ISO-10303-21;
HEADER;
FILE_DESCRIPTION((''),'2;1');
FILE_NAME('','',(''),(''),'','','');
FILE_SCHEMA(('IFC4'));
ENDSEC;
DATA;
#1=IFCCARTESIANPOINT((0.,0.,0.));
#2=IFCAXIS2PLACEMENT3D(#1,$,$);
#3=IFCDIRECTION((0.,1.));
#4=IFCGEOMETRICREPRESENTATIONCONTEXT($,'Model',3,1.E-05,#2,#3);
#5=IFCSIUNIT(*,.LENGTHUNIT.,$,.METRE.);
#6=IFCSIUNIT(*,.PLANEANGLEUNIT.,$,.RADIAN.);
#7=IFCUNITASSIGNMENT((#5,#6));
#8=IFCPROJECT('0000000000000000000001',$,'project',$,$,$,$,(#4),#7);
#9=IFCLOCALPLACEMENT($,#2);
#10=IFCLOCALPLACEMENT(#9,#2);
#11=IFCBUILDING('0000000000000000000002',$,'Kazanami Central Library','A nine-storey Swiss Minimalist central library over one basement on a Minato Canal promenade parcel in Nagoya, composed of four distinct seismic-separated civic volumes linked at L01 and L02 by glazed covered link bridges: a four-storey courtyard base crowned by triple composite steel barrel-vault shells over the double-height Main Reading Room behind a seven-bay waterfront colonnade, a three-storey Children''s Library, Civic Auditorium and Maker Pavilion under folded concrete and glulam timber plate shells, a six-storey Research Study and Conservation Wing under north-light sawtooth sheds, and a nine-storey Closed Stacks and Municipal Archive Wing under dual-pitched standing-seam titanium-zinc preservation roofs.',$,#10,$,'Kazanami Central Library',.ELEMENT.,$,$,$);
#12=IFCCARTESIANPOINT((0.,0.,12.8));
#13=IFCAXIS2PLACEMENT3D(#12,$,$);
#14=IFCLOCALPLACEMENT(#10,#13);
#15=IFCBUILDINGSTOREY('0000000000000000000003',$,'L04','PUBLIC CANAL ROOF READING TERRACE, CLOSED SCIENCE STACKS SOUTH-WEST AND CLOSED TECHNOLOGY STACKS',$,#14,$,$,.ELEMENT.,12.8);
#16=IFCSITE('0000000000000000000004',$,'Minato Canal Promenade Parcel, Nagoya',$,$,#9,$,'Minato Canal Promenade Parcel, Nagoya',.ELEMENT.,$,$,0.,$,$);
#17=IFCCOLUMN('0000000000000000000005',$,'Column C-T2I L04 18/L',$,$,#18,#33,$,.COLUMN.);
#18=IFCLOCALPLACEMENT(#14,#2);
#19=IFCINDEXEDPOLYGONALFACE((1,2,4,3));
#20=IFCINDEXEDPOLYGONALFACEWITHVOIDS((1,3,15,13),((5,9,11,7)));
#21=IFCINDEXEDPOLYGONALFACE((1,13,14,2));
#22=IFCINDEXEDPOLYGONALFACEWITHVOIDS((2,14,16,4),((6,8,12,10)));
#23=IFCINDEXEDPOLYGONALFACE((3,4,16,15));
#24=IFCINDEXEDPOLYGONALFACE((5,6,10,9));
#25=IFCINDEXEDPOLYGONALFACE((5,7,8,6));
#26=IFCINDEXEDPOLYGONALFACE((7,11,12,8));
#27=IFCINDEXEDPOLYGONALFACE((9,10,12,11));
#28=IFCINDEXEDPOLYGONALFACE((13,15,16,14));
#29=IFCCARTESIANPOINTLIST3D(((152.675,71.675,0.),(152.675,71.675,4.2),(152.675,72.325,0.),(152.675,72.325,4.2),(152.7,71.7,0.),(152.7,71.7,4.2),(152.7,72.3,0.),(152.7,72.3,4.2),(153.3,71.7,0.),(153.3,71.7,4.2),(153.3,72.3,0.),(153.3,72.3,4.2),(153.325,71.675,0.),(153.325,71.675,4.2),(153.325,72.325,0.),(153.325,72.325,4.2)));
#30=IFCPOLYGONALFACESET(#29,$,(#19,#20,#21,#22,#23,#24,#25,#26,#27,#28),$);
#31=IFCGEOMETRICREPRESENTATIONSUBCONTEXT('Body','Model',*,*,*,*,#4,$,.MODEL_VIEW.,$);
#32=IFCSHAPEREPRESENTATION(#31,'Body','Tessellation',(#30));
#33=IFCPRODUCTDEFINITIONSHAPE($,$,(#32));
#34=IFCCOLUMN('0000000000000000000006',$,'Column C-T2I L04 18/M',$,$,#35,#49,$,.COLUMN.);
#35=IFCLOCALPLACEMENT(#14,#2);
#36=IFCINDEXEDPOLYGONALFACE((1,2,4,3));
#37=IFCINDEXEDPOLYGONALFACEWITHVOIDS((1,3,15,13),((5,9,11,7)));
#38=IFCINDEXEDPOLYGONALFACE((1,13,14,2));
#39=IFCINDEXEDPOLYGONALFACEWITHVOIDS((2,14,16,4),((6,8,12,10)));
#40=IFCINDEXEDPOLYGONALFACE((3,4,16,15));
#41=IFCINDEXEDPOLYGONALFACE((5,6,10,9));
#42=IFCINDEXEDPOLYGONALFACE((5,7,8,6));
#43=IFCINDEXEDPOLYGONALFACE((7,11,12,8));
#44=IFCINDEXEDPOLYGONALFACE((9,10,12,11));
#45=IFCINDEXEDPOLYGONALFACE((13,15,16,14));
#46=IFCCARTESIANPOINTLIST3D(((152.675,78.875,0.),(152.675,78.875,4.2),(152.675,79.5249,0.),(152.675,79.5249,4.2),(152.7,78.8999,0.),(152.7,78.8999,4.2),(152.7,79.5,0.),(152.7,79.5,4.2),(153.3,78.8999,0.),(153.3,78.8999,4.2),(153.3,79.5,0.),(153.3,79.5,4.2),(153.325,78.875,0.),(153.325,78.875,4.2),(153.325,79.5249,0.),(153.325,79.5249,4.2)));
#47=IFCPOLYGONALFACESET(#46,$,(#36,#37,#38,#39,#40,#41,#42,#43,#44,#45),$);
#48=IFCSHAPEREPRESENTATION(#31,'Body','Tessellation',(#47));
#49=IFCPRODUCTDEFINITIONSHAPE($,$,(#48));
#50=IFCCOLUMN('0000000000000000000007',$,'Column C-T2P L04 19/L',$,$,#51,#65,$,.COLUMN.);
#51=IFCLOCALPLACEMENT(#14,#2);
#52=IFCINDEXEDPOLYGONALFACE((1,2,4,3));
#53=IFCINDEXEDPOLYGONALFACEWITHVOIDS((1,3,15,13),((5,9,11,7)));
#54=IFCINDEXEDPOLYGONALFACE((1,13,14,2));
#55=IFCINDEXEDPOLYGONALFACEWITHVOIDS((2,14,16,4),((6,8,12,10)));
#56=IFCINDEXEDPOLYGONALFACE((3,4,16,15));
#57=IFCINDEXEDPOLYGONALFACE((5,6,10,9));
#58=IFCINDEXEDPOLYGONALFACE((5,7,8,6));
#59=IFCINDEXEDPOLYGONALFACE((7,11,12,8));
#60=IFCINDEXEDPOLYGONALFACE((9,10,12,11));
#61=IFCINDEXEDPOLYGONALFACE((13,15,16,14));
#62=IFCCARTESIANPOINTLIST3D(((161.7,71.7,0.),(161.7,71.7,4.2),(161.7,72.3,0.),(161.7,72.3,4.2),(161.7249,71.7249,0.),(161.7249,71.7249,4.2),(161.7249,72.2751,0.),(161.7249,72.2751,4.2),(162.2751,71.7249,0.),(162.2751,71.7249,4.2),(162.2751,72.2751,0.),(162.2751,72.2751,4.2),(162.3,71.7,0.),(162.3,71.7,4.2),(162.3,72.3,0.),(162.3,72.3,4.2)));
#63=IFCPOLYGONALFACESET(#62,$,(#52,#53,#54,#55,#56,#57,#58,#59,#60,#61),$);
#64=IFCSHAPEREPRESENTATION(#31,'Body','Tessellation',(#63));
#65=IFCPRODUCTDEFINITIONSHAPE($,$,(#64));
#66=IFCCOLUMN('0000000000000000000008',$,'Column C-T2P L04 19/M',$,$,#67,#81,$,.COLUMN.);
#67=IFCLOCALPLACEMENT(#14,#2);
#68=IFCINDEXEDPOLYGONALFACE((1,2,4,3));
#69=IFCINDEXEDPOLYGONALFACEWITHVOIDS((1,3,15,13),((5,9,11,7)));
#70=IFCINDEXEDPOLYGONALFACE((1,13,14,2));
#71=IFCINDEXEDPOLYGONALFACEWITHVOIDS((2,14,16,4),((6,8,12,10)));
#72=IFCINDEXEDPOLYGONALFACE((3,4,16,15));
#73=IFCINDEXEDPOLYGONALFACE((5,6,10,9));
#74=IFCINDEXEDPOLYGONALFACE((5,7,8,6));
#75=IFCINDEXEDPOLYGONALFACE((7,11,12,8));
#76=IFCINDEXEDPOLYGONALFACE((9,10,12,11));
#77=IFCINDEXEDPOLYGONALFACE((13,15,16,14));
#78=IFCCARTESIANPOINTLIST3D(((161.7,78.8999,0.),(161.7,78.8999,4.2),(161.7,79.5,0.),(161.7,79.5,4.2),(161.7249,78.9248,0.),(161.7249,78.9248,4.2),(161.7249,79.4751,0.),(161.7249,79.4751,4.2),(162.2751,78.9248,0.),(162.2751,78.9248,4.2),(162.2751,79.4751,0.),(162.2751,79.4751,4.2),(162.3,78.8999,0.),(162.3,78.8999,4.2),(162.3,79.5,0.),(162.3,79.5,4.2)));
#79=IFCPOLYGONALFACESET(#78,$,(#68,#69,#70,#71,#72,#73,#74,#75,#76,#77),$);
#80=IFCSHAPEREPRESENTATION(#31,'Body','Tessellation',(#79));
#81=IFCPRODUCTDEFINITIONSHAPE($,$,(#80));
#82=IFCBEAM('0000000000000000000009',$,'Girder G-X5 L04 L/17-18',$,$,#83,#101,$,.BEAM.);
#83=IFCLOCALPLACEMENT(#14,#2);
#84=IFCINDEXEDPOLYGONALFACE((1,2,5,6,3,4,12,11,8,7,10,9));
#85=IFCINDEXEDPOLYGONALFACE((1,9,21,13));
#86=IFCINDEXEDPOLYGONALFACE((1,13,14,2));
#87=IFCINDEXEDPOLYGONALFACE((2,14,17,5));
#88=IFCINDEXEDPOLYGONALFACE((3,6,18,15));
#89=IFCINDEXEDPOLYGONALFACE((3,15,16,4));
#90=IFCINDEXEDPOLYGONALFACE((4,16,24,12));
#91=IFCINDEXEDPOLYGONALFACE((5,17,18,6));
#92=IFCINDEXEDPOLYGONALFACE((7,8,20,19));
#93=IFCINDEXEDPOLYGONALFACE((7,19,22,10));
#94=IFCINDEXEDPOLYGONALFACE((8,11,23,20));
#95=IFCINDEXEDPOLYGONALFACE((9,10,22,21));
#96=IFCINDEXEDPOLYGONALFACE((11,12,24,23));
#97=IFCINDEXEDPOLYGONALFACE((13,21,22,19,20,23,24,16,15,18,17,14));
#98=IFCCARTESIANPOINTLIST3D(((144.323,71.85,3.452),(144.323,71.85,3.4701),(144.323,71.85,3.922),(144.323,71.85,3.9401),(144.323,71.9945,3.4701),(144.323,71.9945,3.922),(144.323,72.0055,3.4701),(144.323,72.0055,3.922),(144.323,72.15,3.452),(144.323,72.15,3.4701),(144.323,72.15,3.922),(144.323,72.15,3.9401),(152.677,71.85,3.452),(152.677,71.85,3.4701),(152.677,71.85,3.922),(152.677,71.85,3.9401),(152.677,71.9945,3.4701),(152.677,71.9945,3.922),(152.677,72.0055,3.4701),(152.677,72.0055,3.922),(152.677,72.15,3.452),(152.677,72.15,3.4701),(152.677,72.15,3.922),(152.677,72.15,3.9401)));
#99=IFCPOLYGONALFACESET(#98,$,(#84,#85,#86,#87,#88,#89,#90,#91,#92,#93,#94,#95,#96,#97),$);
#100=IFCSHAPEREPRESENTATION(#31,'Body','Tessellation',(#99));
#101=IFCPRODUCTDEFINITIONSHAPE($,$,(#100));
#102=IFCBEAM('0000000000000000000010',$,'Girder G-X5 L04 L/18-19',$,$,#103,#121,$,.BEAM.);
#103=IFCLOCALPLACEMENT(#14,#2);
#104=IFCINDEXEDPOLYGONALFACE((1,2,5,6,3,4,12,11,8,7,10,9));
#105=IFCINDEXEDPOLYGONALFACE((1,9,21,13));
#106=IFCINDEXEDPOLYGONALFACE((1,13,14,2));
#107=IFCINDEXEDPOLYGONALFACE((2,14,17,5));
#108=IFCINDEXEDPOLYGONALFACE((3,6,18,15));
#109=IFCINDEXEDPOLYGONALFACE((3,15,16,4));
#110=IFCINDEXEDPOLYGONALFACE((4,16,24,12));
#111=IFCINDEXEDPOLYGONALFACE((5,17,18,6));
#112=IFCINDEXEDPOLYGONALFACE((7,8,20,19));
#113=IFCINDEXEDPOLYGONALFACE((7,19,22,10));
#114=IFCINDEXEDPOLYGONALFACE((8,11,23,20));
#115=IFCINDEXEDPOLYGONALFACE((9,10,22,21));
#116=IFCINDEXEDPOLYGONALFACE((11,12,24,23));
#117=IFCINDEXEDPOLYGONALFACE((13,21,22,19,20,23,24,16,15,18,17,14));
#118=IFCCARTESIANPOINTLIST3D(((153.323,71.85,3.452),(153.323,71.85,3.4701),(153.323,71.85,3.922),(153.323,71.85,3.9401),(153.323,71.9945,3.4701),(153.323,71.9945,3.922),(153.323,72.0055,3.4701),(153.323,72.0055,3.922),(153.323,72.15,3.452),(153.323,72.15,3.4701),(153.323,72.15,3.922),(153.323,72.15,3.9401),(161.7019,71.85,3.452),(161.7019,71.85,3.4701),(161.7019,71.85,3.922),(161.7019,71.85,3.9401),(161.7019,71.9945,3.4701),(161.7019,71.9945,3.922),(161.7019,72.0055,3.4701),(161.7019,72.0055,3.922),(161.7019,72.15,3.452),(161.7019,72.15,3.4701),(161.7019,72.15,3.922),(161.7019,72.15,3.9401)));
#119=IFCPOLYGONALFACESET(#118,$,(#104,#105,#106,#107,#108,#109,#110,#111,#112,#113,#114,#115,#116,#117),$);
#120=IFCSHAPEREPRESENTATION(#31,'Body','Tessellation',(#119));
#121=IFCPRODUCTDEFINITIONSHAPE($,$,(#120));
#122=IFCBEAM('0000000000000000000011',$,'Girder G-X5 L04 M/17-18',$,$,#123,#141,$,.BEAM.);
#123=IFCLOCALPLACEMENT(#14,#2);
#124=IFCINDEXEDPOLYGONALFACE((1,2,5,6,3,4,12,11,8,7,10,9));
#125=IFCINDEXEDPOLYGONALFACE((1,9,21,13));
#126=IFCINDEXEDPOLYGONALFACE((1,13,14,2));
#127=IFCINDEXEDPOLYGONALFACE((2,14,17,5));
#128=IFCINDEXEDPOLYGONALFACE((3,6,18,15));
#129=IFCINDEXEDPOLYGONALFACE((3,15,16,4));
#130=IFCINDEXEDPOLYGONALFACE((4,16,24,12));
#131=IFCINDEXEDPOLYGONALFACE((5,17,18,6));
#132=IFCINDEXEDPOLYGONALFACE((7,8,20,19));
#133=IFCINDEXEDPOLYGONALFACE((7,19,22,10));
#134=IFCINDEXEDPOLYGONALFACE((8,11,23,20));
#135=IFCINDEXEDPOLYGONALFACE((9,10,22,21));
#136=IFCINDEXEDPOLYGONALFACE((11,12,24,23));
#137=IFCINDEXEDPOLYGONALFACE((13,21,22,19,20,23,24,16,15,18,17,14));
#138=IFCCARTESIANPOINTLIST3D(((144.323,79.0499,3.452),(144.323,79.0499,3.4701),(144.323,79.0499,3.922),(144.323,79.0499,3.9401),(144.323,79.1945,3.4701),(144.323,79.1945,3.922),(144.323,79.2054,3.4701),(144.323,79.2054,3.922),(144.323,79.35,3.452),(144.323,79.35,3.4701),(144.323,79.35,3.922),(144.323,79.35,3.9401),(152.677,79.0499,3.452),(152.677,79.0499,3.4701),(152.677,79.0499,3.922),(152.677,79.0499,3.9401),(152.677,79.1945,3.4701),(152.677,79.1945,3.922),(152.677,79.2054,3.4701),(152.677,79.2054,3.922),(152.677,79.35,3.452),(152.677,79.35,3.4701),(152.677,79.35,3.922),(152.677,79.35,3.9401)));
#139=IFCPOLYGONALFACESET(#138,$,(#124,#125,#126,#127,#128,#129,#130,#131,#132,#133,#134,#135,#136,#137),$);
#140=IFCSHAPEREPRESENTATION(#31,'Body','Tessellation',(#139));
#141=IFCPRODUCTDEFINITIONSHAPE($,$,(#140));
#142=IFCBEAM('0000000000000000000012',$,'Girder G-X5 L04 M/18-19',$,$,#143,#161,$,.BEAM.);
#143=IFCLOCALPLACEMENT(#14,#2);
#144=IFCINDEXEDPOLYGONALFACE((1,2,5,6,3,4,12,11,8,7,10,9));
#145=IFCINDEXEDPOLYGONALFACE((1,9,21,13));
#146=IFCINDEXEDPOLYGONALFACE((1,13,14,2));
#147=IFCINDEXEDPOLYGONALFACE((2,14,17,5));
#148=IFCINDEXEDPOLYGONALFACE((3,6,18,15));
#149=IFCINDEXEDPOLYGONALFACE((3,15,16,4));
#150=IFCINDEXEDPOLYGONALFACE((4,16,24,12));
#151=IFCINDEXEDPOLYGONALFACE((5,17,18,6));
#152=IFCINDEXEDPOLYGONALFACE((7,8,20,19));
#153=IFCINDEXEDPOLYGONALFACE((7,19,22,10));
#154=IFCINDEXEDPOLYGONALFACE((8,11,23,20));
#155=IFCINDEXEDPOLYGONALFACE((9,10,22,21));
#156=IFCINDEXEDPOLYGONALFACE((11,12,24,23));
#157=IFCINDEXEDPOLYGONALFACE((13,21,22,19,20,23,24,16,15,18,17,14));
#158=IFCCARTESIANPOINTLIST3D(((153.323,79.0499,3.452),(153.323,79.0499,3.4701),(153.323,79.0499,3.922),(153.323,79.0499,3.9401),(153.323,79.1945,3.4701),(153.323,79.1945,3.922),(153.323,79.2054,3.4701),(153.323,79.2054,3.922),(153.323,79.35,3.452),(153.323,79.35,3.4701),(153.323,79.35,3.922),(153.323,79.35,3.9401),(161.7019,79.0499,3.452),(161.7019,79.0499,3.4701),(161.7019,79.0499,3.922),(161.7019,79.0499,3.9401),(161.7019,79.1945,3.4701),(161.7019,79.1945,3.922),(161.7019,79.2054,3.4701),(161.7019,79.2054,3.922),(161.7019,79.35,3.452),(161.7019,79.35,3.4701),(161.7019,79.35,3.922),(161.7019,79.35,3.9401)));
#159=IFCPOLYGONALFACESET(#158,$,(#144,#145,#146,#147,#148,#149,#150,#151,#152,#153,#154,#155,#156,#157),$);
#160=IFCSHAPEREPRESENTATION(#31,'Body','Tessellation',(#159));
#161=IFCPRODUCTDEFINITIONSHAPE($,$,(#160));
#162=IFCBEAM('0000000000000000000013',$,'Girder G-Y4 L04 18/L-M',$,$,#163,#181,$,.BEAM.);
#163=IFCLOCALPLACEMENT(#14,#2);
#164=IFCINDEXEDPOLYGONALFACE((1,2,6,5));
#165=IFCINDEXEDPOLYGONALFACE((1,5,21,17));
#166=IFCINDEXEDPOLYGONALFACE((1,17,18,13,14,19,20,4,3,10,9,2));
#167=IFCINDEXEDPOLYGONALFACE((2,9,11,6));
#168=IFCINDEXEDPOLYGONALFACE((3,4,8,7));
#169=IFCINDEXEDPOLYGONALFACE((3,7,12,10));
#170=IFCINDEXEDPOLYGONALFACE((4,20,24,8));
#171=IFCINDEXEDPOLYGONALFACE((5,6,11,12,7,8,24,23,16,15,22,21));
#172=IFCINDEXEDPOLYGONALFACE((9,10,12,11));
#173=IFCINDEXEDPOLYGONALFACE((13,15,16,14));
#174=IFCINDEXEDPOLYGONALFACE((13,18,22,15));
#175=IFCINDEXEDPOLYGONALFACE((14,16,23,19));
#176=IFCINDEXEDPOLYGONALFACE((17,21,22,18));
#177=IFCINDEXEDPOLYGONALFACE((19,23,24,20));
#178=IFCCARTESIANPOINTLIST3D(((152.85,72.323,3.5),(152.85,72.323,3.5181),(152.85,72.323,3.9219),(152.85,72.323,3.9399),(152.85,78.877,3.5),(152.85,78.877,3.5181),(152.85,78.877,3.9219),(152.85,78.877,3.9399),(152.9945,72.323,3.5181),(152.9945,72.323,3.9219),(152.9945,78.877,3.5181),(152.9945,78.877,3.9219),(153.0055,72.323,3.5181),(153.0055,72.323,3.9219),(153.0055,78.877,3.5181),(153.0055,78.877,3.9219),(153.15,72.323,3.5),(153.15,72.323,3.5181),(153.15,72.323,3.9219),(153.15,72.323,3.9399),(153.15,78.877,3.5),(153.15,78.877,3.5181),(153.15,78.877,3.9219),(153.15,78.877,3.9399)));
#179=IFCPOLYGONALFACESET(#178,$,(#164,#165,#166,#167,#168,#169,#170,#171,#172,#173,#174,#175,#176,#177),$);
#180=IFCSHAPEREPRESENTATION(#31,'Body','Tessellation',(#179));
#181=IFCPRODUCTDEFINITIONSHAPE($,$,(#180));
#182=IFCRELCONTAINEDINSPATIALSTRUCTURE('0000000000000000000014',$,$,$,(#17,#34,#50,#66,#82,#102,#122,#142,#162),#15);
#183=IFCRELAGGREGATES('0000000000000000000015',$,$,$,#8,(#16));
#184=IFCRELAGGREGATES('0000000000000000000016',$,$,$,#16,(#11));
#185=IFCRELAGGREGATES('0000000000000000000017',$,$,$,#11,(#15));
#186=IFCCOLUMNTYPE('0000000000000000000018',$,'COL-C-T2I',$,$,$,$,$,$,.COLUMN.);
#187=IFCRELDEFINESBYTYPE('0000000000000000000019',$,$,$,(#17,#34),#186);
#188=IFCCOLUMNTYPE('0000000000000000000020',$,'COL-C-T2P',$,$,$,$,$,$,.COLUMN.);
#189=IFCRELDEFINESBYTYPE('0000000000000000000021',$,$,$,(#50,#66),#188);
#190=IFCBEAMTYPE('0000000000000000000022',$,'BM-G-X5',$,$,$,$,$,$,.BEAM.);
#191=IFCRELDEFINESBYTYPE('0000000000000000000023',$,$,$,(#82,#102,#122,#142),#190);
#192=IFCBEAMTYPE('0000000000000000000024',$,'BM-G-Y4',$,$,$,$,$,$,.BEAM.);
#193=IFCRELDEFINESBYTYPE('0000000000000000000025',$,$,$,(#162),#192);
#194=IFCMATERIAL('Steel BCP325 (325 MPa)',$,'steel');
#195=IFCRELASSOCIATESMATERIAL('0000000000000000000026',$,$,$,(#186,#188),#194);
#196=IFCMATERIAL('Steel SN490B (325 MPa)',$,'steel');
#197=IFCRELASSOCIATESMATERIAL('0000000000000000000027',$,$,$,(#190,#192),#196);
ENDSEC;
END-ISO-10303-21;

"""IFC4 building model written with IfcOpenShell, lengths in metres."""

from ifc_helpers import new_model, si_unit, direction, frame, origin, origin_2d, place, context, subcontext, project, spatial, hollow_rectangle, i_section, extrude, material, material_profile, profile_set, type_object, element, save


model = new_model("IFC4")

# Units and contexts
model_context = context("Model", 3, precision=1e-05, world=origin(), true_north=direction((0.0, 1.0)))
body_context = subcontext(model_context, "Body", "Model", "MODEL_VIEW")
ifc_project = project(units=[si_unit("LENGTHUNIT", "METRE"), si_unit("PLANEANGLEUNIT", "RADIAN")], contexts=[model_context])

# Site, building, storey
site_placement = place(None, origin())
site = spatial("IfcSite", under=ifc_project, at=site_placement, Name="Minato Canal Promenade Parcel, Nagoya", LongName="Minato Canal Promenade Parcel, Nagoya", CompositionType="ELEMENT", RefElevation=0.0)
building_placement = place(site_placement, origin())
building = spatial("IfcBuilding", under=site, at=building_placement, Name="Kazanami Central Library", Description="A nine-storey Swiss Minimalist central library over one basement on a Minato Canal promenade parcel in Nagoya, composed of four distinct seismic-separated civic volumes linked at L01 and L02 by glazed covered link bridges: a four-storey courtyard base crowned by triple composite steel barrel-vault shells over the double-height Main Reading Room behind a seven-bay waterfront colonnade, a three-storey Children's Library, Civic Auditorium and Maker Pavilion under folded concrete and glulam timber plate shells, a six-storey Research Study and Conservation Wing under north-light sawtooth sheds, and a nine-storey Closed Stacks and Municipal Archive Wing under dual-pitched standing-seam titanium-zinc preservation roofs.", LongName="Kazanami Central Library", CompositionType="ELEMENT")
storey_placement = place(building_placement, frame((0.0, 0.0, 12.8)))
storey = spatial("IfcBuildingStorey", under=building, at=storey_placement, Name="L04", Description="PUBLIC CANAL ROOF READING TERRACE, CLOSED SCIENCE STACKS SOUTH-WEST AND CLOSED TECHNOLOGY STACKS", CompositionType="ELEMENT", Elevation=12.8)

# Columns
ifc_material_1 = material(Name="Steel BCP325 (325 MPa)", Category="steel")
ifc_material_profile_1 = material_profile(ifc_material_1, hollow_rectangle(XDim=0.6499, YDim=0.6499, WallThickness=0.0249, at=origin_2d()), Name="BCP-650x650x25")
ifc_profile_set_1 = profile_set([ifc_material_profile_1], Name="Steel BCP325 (325 MPa)")
column_type_1 = type_object("IfcColumnType", Name="COL-C-T2I", PredefinedType="COLUMN", material=ifc_profile_set_1)
for number, where, z_axis, x_axis, name in (
    (1, (153.0, 72.0, 0.0), (0.0, 0.0, 1.0), (1.0, 0.0, 0.0), "Column C-T2I L04 18/L"),
    (2, (153.0, 79.2, 0.0), (0.0, 0.0, 1.0), (1.0, 0.0, 0.0), "Column C-T2I L04 18/M"),
):
    element("IfcColumn", number, at=place(storey_placement, frame(where, z_axis=z_axis, x_axis=x_axis)), inside=storey, type_object=column_type_1, Name=name, PredefinedType="COLUMN", context=body_context, shape_type="SweptSolid", body=[
        extrude(hollow_rectangle(XDim=0.6499, YDim=0.6499, WallThickness=0.0249, at=origin_2d()), origin(), (0.0, 0.0, 1.0), 4.2),
    ])
ifc_material_profile_2 = material_profile(ifc_material_1, hollow_rectangle(XDim=0.6001, YDim=0.6001, WallThickness=0.0249, at=origin_2d()), Name="BCP-600x600x25")
ifc_profile_set_2 = profile_set([ifc_material_profile_2], Name="Steel BCP325 (325 MPa)")
column_type_2 = type_object("IfcColumnType", Name="COL-C-T2P", PredefinedType="COLUMN", material=ifc_profile_set_2)
for number, where, z_axis, x_axis, name in (
    (3, (162.0, 72.0, 0.0), (0.0, 0.0, 1.0), (1.0, 0.0, 0.0), "Column C-T2P L04 19/L"),
    (4, (162.0, 79.2, 0.0), (0.0, 0.0, 1.0), (1.0, 0.0, 0.0), "Column C-T2P L04 19/M"),
):
    element("IfcColumn", number, at=place(storey_placement, frame(where, z_axis=z_axis, x_axis=x_axis)), inside=storey, type_object=column_type_2, Name=name, PredefinedType="COLUMN", context=body_context, shape_type="SweptSolid", body=[
        extrude(hollow_rectangle(XDim=0.6001, YDim=0.6001, WallThickness=0.0249, at=origin_2d()), origin(), (0.0, 0.0, 1.0), 4.2),
    ])

# Beams
ifc_material_2 = material(Name="Steel SN490B (325 MPa)", Category="steel")
ifc_material_profile_3 = material_profile(ifc_material_2, i_section(OverallWidth=0.3, OverallDepth=0.488, WebThickness=0.011, FlangeThickness=0.0181, at=origin_2d()), Name="H-488x300x11x18")
ifc_profile_set_3 = profile_set([ifc_material_profile_3], Name="Steel SN490B (325 MPa)")
beam_type_1 = type_object("IfcBeamType", Name="BM-G-X5", PredefinedType="BEAM", material=ifc_profile_set_3)
beam_1_placement = place(storey_placement, frame((144.323, 72.0, 3.696), z_axis=(1.0, 0.0, 0.0), x_axis=(0.0, 1.0, 0.0)))
element("IfcBeam", 5, at=beam_1_placement, inside=storey, type_object=beam_type_1, Name="Girder G-X5 L04 L/17-18", PredefinedType="BEAM", context=body_context, shape_type="SweptSolid", body=[
    extrude(i_section(OverallWidth=0.3, OverallDepth=0.488, WebThickness=0.011, FlangeThickness=0.0181, at=origin_2d()), origin(), (0.0, 0.0, 1.0), 8.354),
])
beam_2_placement = place(storey_placement, frame((153.323, 72.0, 3.696), z_axis=(1.0, 0.0, 0.0), x_axis=(0.0, 1.0, 0.0)))
element("IfcBeam", 6, at=beam_2_placement, inside=storey, type_object=beam_type_1, Name="Girder G-X5 L04 L/18-19", PredefinedType="BEAM", context=body_context, shape_type="SweptSolid", body=[
    extrude(i_section(OverallWidth=0.3, OverallDepth=0.488, WebThickness=0.011, FlangeThickness=0.0181, at=origin_2d()), origin(), (0.0, 0.0, 1.0), 8.3789),
])
beam_3_placement = place(storey_placement, frame((144.323, 79.2, 3.696), z_axis=(1.0, 0.0, 0.0), x_axis=(0.0, 1.0, 0.0)))
element("IfcBeam", 7, at=beam_3_placement, inside=storey, type_object=beam_type_1, Name="Girder G-X5 L04 M/17-18", PredefinedType="BEAM", context=body_context, shape_type="SweptSolid", body=[
    extrude(i_section(OverallWidth=0.3, OverallDepth=0.488, WebThickness=0.011, FlangeThickness=0.0181, at=origin_2d()), origin(), (0.0, 0.0, 1.0), 8.354),
])
beam_4_placement = place(storey_placement, frame((153.323, 79.2, 3.696), z_axis=(1.0, 0.0, 0.0), x_axis=(0.0, 1.0, 0.0)))
element("IfcBeam", 8, at=beam_4_placement, inside=storey, type_object=beam_type_1, Name="Girder G-X5 L04 M/18-19", PredefinedType="BEAM", context=body_context, shape_type="SweptSolid", body=[
    extrude(i_section(OverallWidth=0.3, OverallDepth=0.488, WebThickness=0.011, FlangeThickness=0.0181, at=origin_2d()), origin(), (0.0, 0.0, 1.0), 8.3789),
])
ifc_material_profile_4 = material_profile(ifc_material_2, i_section(OverallWidth=0.3, OverallDepth=0.4399, WebThickness=0.011, FlangeThickness=0.0181, at=origin_2d()), Name="H-440x300x11x18")
ifc_profile_set_4 = profile_set([ifc_material_profile_4], Name="Steel SN490B (325 MPa)")
beam_type_2 = type_object("IfcBeamType", Name="BM-G-Y4", PredefinedType="BEAM", material=ifc_profile_set_4)
for number, where, z_axis, x_axis, name in (
    (9, (153.0, 72.323, 3.72), (0.0, 1.0, 0.0), (-1.0, 0.0, 0.0), "Girder G-Y4 L04 18/L-M"),
):
    element("IfcBeam", number, at=place(storey_placement, frame(where, z_axis=z_axis, x_axis=x_axis)), inside=storey, type_object=beam_type_2, Name=name, PredefinedType="BEAM", context=body_context, shape_type="SweptSolid", body=[
        extrude(i_section(OverallWidth=0.3, OverallDepth=0.4399, WebThickness=0.011, FlangeThickness=0.0181, at=origin_2d()), origin(), (0.0, 0.0, 1.0), 6.554),
    ])

save(model, "model.ifc")
